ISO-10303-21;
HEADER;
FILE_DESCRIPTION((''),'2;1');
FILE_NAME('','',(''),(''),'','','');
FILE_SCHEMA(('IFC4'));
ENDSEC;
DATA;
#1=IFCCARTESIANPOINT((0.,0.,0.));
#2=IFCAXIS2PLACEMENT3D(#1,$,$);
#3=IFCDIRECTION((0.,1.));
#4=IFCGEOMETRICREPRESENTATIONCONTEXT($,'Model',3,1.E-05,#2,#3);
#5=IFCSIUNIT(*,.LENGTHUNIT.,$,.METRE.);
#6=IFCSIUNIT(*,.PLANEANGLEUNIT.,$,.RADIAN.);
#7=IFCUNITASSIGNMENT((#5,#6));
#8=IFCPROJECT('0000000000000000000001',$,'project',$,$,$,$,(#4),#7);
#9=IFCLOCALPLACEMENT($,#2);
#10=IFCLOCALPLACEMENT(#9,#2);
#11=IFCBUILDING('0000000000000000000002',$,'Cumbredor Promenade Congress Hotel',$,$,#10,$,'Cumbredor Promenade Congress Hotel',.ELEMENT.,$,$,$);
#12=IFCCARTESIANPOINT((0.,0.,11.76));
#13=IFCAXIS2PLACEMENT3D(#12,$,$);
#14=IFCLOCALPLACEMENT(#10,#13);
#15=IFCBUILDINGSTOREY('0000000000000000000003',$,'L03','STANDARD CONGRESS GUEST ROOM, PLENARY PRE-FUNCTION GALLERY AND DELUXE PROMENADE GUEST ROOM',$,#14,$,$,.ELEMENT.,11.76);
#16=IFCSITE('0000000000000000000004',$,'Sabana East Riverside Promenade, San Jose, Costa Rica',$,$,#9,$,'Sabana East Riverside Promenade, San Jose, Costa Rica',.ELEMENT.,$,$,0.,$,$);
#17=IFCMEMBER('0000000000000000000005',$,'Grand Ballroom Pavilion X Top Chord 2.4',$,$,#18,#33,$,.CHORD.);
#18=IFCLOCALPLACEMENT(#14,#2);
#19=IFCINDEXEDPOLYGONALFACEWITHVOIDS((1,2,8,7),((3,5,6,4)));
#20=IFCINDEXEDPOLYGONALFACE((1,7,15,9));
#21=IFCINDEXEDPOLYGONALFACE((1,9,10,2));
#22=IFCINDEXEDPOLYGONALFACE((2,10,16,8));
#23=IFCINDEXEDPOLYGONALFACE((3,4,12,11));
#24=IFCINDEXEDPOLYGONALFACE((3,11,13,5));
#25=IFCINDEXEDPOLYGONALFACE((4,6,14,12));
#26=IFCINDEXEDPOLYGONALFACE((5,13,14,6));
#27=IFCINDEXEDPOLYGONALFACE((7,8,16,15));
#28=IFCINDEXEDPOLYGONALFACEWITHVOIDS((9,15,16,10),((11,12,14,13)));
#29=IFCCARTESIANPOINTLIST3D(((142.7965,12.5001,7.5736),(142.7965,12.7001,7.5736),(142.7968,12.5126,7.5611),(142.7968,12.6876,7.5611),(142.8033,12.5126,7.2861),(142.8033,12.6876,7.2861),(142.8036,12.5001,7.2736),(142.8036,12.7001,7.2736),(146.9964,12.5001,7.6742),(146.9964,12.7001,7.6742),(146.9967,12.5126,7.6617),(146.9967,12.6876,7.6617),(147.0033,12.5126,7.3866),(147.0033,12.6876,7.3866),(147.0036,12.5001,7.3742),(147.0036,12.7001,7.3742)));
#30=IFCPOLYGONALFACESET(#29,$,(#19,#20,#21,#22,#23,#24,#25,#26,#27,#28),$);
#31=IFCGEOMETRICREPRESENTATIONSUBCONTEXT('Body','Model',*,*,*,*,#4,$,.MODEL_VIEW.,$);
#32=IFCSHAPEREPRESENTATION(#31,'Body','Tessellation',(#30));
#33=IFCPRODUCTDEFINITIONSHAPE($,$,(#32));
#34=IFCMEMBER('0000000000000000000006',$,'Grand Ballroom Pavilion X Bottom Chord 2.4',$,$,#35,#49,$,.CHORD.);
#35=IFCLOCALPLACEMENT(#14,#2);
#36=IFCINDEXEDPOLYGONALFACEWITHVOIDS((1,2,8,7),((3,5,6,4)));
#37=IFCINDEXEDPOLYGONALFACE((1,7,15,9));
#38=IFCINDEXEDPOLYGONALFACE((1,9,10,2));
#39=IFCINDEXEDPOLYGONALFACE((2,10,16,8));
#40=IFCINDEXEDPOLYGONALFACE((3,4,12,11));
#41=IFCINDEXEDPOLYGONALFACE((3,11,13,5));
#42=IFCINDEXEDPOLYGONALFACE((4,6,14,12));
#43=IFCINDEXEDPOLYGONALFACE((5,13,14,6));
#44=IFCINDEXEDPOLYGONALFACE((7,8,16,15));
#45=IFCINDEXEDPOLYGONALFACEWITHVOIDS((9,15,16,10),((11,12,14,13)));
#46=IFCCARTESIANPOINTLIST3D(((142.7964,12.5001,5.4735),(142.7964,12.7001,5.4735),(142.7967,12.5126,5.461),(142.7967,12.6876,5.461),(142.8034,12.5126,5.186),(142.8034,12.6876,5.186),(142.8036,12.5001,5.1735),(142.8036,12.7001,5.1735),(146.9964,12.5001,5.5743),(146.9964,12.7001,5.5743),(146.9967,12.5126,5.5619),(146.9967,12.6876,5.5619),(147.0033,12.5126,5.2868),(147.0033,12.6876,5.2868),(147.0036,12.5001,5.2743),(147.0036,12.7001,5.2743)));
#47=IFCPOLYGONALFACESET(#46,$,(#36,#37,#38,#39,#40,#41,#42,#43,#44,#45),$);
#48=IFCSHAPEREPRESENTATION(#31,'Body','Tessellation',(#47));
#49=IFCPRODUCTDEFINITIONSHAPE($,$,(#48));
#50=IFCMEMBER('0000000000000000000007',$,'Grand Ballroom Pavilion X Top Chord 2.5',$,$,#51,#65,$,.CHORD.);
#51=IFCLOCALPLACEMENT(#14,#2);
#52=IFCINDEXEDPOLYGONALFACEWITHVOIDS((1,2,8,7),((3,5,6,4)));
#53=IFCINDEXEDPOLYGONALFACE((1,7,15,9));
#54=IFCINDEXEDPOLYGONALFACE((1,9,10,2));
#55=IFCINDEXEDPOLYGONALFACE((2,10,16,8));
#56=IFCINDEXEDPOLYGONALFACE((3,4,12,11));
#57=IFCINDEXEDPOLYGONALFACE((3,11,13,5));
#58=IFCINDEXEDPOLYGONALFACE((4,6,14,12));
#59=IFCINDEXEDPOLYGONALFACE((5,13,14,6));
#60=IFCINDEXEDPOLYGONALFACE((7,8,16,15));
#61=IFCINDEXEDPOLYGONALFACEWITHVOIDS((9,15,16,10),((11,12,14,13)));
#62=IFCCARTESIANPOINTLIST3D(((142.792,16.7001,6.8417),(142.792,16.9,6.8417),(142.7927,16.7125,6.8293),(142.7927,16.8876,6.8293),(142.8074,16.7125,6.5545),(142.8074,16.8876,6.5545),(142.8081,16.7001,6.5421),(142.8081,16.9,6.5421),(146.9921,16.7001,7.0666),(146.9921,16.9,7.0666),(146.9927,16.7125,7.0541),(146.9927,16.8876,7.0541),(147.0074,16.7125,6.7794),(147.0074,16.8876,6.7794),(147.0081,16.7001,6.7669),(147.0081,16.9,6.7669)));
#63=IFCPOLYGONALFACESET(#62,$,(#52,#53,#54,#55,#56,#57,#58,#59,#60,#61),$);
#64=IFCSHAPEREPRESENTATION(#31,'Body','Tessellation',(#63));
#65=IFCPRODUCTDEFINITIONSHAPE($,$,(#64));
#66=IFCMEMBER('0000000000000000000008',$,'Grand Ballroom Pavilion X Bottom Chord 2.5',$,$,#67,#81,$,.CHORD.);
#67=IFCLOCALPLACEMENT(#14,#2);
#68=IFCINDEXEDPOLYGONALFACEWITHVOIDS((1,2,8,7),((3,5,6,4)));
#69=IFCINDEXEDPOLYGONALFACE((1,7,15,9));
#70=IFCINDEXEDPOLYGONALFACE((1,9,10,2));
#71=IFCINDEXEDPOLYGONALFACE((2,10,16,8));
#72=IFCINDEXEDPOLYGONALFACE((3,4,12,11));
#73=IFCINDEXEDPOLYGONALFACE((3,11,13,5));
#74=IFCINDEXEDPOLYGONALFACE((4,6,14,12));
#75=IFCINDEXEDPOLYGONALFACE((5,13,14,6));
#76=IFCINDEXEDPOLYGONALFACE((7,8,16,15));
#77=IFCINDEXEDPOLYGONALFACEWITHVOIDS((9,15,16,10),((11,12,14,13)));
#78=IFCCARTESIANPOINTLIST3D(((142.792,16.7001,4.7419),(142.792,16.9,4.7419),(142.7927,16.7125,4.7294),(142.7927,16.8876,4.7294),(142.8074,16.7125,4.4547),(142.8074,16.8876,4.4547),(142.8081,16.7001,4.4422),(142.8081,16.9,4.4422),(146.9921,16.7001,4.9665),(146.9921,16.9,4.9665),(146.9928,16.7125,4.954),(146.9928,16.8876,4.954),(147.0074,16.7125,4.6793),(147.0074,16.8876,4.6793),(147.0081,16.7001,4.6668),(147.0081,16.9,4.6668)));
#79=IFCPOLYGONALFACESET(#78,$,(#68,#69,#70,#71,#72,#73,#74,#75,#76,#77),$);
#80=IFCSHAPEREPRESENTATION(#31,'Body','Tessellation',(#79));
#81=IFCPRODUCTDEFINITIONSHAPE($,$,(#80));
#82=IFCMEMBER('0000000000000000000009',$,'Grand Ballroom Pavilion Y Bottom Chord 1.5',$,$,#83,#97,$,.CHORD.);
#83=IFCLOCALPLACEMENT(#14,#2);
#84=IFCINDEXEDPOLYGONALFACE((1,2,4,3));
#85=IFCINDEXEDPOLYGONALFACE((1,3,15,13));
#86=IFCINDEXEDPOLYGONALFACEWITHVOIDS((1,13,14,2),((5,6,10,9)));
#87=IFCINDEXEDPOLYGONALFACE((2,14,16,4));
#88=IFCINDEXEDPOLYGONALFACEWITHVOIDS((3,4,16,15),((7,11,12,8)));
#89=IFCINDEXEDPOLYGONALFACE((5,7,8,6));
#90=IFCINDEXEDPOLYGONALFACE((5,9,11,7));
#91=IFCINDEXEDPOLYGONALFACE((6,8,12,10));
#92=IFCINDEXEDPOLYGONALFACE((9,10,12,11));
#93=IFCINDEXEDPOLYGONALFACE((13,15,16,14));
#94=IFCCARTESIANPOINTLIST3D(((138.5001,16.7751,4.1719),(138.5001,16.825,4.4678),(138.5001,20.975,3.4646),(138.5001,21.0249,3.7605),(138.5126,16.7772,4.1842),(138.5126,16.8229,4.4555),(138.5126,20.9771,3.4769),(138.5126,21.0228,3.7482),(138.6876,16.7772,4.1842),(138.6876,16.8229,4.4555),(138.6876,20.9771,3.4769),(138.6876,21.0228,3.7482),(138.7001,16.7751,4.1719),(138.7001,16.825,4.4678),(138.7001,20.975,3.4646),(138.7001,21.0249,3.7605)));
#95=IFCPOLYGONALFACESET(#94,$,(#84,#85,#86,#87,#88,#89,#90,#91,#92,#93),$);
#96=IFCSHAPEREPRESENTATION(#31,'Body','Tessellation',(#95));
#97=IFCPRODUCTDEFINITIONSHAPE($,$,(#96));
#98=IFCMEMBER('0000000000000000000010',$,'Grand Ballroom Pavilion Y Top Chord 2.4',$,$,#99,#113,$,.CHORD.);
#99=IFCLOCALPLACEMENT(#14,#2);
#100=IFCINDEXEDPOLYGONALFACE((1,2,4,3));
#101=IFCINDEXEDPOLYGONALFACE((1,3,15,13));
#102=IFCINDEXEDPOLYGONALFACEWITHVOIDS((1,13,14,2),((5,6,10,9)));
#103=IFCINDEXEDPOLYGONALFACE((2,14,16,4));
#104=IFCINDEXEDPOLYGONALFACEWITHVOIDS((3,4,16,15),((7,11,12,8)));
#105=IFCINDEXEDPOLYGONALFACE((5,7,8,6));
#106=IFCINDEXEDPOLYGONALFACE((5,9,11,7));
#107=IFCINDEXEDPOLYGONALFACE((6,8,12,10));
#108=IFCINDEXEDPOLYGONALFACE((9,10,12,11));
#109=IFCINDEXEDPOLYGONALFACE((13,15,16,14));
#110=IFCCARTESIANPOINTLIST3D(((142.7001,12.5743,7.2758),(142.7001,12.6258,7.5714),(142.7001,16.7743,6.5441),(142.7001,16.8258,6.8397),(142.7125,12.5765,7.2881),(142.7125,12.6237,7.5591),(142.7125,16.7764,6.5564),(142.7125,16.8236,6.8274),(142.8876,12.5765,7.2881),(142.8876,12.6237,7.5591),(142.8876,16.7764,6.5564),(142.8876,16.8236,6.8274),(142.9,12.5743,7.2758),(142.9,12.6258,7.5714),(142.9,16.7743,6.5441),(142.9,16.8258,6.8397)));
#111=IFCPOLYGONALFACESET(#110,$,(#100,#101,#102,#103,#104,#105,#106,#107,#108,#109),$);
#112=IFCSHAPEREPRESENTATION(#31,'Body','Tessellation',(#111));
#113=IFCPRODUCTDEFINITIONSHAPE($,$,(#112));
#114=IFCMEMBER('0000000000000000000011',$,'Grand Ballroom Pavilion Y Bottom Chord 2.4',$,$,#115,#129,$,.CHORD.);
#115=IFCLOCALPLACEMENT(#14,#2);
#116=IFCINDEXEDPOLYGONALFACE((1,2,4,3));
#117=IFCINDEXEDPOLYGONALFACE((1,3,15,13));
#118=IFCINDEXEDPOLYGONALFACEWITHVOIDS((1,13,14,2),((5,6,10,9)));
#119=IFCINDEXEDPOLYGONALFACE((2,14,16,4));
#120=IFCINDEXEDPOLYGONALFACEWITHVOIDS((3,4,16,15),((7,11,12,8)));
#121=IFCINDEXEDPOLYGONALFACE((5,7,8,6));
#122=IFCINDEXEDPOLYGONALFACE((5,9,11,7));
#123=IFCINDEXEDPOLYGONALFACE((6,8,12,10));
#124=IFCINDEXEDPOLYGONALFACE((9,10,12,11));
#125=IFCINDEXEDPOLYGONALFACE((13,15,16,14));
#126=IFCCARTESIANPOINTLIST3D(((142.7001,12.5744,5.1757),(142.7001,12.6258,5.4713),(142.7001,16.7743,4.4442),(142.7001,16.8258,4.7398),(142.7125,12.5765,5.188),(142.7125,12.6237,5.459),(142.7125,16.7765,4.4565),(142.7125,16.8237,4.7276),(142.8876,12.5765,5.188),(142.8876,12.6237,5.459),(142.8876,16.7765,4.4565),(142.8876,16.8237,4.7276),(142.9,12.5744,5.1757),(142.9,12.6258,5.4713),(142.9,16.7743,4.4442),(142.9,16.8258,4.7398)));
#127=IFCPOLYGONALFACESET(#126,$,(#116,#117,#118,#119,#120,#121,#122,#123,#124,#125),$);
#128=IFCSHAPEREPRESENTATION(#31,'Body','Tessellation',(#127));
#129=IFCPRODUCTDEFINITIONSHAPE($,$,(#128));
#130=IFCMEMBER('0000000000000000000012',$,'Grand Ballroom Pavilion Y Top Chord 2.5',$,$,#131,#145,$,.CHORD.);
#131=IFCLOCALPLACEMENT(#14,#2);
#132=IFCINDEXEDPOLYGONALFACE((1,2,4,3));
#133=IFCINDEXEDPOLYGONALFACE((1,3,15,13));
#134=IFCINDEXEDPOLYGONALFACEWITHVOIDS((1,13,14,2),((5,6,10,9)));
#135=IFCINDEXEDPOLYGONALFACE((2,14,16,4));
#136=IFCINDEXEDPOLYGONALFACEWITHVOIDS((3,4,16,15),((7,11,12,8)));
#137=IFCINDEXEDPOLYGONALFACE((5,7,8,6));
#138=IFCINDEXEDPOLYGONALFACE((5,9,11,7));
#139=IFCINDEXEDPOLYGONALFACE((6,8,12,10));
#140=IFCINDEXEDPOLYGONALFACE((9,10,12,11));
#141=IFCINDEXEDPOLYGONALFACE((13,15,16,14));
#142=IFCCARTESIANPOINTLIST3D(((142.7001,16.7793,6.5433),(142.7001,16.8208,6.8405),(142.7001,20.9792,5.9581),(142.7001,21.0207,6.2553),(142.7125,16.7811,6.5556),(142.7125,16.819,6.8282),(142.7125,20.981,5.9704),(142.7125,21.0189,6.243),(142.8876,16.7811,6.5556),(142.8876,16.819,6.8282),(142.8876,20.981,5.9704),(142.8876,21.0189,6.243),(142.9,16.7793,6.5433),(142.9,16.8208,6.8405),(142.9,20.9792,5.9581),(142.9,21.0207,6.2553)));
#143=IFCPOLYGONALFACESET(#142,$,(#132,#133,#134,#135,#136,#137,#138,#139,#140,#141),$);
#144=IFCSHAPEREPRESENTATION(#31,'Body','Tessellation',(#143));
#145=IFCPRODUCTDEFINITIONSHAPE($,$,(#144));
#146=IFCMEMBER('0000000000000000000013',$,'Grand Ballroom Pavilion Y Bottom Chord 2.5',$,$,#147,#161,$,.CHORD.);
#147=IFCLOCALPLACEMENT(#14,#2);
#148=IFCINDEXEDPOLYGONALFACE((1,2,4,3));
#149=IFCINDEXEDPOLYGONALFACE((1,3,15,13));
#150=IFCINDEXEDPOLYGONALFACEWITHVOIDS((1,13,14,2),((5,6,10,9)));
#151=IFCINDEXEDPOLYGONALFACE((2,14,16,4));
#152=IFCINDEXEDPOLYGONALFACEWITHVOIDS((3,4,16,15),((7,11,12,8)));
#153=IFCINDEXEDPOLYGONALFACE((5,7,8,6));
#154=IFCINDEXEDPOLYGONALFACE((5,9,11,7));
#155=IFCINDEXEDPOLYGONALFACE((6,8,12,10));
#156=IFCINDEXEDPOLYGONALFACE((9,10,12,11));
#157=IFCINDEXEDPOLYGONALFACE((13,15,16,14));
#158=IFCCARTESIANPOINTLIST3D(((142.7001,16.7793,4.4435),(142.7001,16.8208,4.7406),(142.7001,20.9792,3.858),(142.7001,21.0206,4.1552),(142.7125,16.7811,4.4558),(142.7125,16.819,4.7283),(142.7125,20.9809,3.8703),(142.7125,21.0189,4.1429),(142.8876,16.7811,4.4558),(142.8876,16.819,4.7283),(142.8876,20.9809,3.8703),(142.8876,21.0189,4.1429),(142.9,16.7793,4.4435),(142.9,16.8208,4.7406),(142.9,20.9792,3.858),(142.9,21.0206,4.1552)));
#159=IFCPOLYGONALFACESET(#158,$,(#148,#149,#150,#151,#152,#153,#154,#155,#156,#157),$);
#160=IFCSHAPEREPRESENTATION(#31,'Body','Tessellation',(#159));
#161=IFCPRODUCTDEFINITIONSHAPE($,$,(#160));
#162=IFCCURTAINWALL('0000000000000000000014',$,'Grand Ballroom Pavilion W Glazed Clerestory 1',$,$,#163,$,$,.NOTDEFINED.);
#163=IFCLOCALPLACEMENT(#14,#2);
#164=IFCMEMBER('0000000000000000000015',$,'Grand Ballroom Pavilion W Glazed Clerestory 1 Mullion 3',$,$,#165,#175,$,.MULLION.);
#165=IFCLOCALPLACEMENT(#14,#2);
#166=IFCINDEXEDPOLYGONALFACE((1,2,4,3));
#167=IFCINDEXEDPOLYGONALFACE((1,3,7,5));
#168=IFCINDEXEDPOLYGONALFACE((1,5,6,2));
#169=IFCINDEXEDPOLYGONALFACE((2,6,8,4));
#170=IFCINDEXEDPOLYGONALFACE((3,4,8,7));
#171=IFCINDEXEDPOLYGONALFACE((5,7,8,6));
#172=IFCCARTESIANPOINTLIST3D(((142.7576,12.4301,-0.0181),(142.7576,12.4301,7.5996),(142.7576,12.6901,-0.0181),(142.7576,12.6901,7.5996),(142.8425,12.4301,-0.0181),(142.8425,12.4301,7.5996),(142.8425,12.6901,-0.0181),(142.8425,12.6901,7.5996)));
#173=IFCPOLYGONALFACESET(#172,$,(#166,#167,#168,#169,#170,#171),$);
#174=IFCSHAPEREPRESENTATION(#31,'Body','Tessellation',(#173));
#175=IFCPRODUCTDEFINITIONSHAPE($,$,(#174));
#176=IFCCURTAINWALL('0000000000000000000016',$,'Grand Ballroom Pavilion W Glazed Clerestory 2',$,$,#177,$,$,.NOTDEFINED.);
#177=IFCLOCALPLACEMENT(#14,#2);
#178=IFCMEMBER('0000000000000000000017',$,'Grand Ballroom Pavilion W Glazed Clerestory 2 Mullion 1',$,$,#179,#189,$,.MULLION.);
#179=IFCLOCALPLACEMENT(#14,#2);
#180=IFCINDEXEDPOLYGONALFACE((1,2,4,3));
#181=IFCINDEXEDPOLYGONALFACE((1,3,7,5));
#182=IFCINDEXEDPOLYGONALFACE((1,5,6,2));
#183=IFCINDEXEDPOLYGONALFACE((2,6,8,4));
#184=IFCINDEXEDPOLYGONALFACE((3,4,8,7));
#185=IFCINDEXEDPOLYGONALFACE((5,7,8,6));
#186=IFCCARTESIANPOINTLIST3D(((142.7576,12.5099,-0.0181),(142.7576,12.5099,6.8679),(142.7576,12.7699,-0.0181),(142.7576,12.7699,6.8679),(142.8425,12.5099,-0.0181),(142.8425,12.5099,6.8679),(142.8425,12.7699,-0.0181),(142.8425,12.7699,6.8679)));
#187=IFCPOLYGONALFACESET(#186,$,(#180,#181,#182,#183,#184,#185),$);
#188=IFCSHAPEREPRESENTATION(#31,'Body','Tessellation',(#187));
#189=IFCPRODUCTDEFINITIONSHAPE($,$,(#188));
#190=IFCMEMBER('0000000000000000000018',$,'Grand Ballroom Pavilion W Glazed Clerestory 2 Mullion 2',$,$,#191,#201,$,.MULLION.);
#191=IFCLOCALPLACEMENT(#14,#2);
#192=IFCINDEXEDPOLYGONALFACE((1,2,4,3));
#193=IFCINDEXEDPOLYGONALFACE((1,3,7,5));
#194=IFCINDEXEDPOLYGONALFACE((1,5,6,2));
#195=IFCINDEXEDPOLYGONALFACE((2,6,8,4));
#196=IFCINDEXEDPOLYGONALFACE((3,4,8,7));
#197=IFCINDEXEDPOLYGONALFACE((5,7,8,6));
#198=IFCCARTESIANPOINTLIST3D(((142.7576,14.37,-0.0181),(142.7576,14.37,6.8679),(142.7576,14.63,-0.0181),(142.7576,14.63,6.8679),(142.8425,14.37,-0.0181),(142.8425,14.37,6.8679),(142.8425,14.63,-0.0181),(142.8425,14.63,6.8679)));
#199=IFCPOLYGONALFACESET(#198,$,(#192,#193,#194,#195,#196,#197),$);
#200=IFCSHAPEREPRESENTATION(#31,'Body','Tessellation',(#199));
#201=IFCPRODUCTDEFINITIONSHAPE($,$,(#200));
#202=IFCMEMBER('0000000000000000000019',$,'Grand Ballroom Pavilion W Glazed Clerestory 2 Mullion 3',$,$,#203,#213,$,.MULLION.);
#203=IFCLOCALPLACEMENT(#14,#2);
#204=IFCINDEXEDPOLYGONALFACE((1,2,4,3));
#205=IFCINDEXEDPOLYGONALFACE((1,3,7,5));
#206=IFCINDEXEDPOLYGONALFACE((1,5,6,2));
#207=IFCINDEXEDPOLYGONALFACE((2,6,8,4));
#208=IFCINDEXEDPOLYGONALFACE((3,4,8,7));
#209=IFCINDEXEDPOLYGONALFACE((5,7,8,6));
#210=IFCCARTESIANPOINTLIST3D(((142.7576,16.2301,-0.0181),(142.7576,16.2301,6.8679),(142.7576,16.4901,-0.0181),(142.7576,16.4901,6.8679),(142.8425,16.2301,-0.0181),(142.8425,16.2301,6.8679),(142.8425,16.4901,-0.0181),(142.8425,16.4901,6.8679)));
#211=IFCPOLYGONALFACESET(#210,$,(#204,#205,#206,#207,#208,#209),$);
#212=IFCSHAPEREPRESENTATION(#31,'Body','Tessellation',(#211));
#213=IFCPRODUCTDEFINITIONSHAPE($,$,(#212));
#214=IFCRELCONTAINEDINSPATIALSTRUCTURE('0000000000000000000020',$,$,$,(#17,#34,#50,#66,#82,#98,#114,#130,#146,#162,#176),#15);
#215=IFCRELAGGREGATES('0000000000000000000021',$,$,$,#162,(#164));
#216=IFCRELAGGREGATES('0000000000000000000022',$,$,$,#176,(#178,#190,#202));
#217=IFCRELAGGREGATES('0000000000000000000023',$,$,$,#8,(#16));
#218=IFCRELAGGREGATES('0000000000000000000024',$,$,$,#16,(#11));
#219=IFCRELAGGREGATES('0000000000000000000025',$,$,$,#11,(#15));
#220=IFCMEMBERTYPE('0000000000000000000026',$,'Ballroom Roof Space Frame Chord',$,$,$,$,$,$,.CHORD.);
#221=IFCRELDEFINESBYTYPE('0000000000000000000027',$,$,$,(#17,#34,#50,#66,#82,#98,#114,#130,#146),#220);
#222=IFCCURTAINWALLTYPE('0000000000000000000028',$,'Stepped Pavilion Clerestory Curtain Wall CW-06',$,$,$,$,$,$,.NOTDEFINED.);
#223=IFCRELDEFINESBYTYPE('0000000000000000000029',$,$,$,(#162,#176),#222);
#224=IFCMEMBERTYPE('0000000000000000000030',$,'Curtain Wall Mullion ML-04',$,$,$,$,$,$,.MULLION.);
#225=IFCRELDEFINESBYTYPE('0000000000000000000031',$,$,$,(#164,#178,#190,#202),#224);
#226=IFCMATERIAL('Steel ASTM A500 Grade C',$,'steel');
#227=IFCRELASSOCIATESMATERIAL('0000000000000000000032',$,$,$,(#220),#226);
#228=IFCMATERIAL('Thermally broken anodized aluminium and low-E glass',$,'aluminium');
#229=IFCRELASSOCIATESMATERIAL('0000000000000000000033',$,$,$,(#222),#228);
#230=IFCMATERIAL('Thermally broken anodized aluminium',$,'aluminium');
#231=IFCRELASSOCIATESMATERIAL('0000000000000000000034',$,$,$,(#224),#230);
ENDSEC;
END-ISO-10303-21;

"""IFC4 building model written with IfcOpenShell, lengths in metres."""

from ifc_helpers import new_model, si_unit, direction, frame, origin, origin_2d, place, context, subcontext, project, spatial, rectangle, hollow_rectangle, extrude, material, material_profile, profile_set, type_object, element, aggregate, save


model = new_model("IFC4")

# Units and contexts
model_context = context("Model", 3, precision=1e-05, world=origin(), true_north=direction((0.0, 1.0)))
body_context = subcontext(model_context, "Body", "Model", "MODEL_VIEW")
ifc_project = project(units=[si_unit("LENGTHUNIT", "METRE"), si_unit("PLANEANGLEUNIT", "RADIAN")], contexts=[model_context])

# Site, building, storey
site_placement = place(None, origin())
site = spatial("IfcSite", under=ifc_project, at=site_placement, Name="Sabana East Riverside Promenade, San Jose, Costa Rica", LongName="Sabana East Riverside Promenade, San Jose, Costa Rica", CompositionType="ELEMENT", RefElevation=0.0)
building_placement = place(site_placement, origin())
building = spatial("IfcBuilding", under=site, at=building_placement, Name="Cumbredor Promenade Congress Hotel", LongName="Cumbredor Promenade Congress Hotel", CompositionType="ELEMENT")
storey_placement = place(building_placement, frame((0.0, 0.0, 11.76)))
storey = spatial("IfcBuildingStorey", under=building, at=storey_placement, Name="L03", Description="STANDARD CONGRESS GUEST ROOM, PLENARY PRE-FUNCTION GALLERY AND DELUXE PROMENADE GUEST ROOM", CompositionType="ELEMENT", Elevation=11.76)

# Members
ifc_material_1 = material(Name="Steel ASTM A500 Grade C", Category="steel")
ifc_material_profile_1 = material_profile(ifc_material_1, hollow_rectangle(XDim=0.2, YDim=0.3, WallThickness=0.0125, at=origin_2d()), Name="HSS 300x200x12.5")
ifc_profile_set_1 = profile_set([ifc_material_profile_1], Name="Steel ASTM A500 Grade C")
member_type_1 = type_object("IfcMemberType", Name="Ballroom Roof Space Frame Chord", PredefinedType="CHORD", material=ifc_profile_set_1)
for number, where, z_axis, x_axis, name in (
    (1, (142.8, 12.6001, 7.4236), (0.999713, 0.0, 0.023942), (0.0, 1.0, 0.0), "Grand Ballroom Pavilion X Top Chord 2.4"),
    (2, (142.8, 12.6001, 5.3235), (0.999712, 0.0, 0.024001), (0.0, 1.0, 0.0), "Grand Ballroom Pavilion X Bottom Chord 2.4"),
):
    element("IfcMember", number, at=place(storey_placement, frame(where, z_axis=z_axis, x_axis=x_axis)), inside=storey, type_object=member_type_1, Name=name, PredefinedType="CHORD", context=body_context, shape_type="SweptSolid", body=[
        extrude(hollow_rectangle(XDim=0.2, YDim=0.3, WallThickness=0.0125, at=origin_2d()), origin(), (0.0, 0.0, 1.0), 4.2012),
    ])
for number, where, z_axis, x_axis, name in (
    (3, (142.8, 16.8, 6.6919), (0.99857, 0.0, 0.053461), (0.0, 1.0, 0.0), "Grand Ballroom Pavilion X Top Chord 2.5"),
    (4, (142.8, 16.8, 4.592), (0.998573, 0.0, 0.053403), (0.0, 1.0, 0.0), "Grand Ballroom Pavilion X Bottom Chord 2.5"),
):
    element("IfcMember", number, at=place(storey_placement, frame(where, z_axis=z_axis, x_axis=x_axis)), inside=storey, type_object=member_type_1, Name=name, PredefinedType="CHORD", context=body_context, shape_type="SweptSolid", body=[
        extrude(hollow_rectangle(XDim=0.2, YDim=0.3, WallThickness=0.0125, at=origin_2d()), origin(), (0.0, 0.0, 1.0), 4.2061),
    ])
member_1_placement = place(storey_placement, frame((138.6001, 16.8, 4.3198), z_axis=(0.0, 0.986115, -0.166063), x_axis=(-1.0, 0.0, 0.0)))
element("IfcMember", 5, at=member_1_placement, inside=storey, type_object=member_type_1, Name="Grand Ballroom Pavilion Y Bottom Chord 1.5", PredefinedType="CHORD", context=body_context, shape_type="SweptSolid", body=[
    extrude(hollow_rectangle(XDim=0.2, YDim=0.3, WallThickness=0.0125, at=origin_2d()), origin(), (0.0, 0.0, 1.0), 4.259),
])
for number, where, z_axis, x_axis, name in (
    (6, (142.8, 12.6001, 7.4236), (0.0, 0.985162, -0.171629), (-1.0, 0.0, 0.0), "Grand Ballroom Pavilion Y Top Chord 2.4"),
    (7, (142.8, 12.6001, 5.3235), (0.0, 0.985171, -0.171573), (-1.0, 0.0, 0.0), "Grand Ballroom Pavilion Y Bottom Chord 2.4"),
):
    element("IfcMember", number, at=place(storey_placement, frame(where, z_axis=z_axis, x_axis=x_axis)), inside=storey, type_object=member_type_1, Name=name, PredefinedType="CHORD", context=body_context, shape_type="SweptSolid", body=[
        extrude(hollow_rectangle(XDim=0.2, YDim=0.3, WallThickness=0.0125, at=origin_2d()), origin(), (0.0, 0.0, 1.0), 4.2632),
    ])
for number, where, z_axis, x_axis, name in (
    (8, (142.8, 16.8, 6.6919), (0.0, 0.990432, -0.138003), (-1.0, 0.0, 0.0), "Grand Ballroom Pavilion Y Top Chord 2.5"),
    (9, (142.8, 16.8, 4.592), (0.0, 0.990424, -0.138059), (-1.0, 0.0, 0.0), "Grand Ballroom Pavilion Y Bottom Chord 2.5"),
):
    element("IfcMember", number, at=place(storey_placement, frame(where, z_axis=z_axis, x_axis=x_axis)), inside=storey, type_object=member_type_1, Name=name, PredefinedType="CHORD", context=body_context, shape_type="SweptSolid", body=[
        extrude(hollow_rectangle(XDim=0.2, YDim=0.3, WallThickness=0.0125, at=origin_2d()), origin(), (0.0, 0.0, 1.0), 4.2405),
    ])

# Curtain wall, member
ifc_material_2 = material(Name="Thermally broken anodized aluminium and low-E glass", Category="aluminium")
curtain_wall_type = type_object("IfcCurtainWallType", Name="Stepped Pavilion Clerestory Curtain Wall CW-06", PredefinedType="NOTDEFINED", material=ifc_material_2)
curtain_wall_1_placement = place(storey_placement, origin())
curtain_wall_1 = element("IfcCurtainWall", 10, at=curtain_wall_1_placement, inside=storey, type_object=curtain_wall_type, Name="Grand Ballroom Pavilion W Glazed Clerestory 1", PredefinedType="NOTDEFINED")
ifc_material_3 = material(Name="Thermally broken anodized aluminium", Category="aluminium")
ifc_material_profile_2 = material_profile(ifc_material_3, rectangle(XDim=0.085, YDim=0.26, at=origin_2d()), Name="ALU MULLION CLERESTORY 85x260")
ifc_profile_set_2 = profile_set([ifc_material_profile_2], Name="Thermally broken anodized aluminium")
member_type_2 = type_object("IfcMemberType", Name="Curtain Wall Mullion ML-04", PredefinedType="MULLION", material=ifc_profile_set_2)
member_2_placement = place(storey_placement, frame((142.8, 12.5601, -0.0181), z_axis=(0.0, 0.0, 1.0), x_axis=(1.0, 0.0, 0.0)))
member_2 = element("IfcMember", 11, at=member_2_placement, type_object=member_type_2, Name="Grand Ballroom Pavilion W Glazed Clerestory 1 Mullion 3", PredefinedType="MULLION", context=body_context, shape_type="SweptSolid", body=[
    extrude(rectangle(XDim=0.085, YDim=0.26, at=origin_2d()), origin(), (0.0, 0.0, 1.0), 7.6177),
])

# Curtain wall, members
curtain_wall_2_placement = place(storey_placement, origin())
curtain_wall_2 = element("IfcCurtainWall", 12, at=curtain_wall_2_placement, inside=storey, type_object=curtain_wall_type, Name="Grand Ballroom Pavilion W Glazed Clerestory 2", PredefinedType="NOTDEFINED")
member_3_placement = place(storey_placement, frame((142.8, 12.6399, -0.0181), z_axis=(0.0, 0.0, 1.0), x_axis=(1.0, 0.0, 0.0)))
member_3 = element("IfcMember", 13, at=member_3_placement, type_object=member_type_2, Name="Grand Ballroom Pavilion W Glazed Clerestory 2 Mullion 1", PredefinedType="MULLION", context=body_context, shape_type="SweptSolid", body=[
    extrude(rectangle(XDim=0.085, YDim=0.26, at=origin_2d()), origin(), (0.0, 0.0, 1.0), 6.886),
])
member_4_placement = place(storey_placement, frame((142.8, 14.5, -0.0181), z_axis=(0.0, 0.0, 1.0), x_axis=(1.0, 0.0, 0.0)))
member_4 = element("IfcMember", 14, at=member_4_placement, type_object=member_type_2, Name="Grand Ballroom Pavilion W Glazed Clerestory 2 Mullion 2", PredefinedType="MULLION", context=body_context, shape_type="SweptSolid", body=[
    extrude(rectangle(XDim=0.085, YDim=0.26, at=origin_2d()), origin(), (0.0, 0.0, 1.0), 6.886),
])
member_5_placement = place(storey_placement, frame((142.8, 16.3601, -0.0181), z_axis=(0.0, 0.0, 1.0), x_axis=(1.0, 0.0, 0.0)))
member_5 = element("IfcMember", 15, at=member_5_placement, type_object=member_type_2, Name="Grand Ballroom Pavilion W Glazed Clerestory 2 Mullion 3", PredefinedType="MULLION", context=body_context, shape_type="SweptSolid", body=[
    extrude(rectangle(XDim=0.085, YDim=0.26, at=origin_2d()), origin(), (0.0, 0.0, 1.0), 6.886),
])

aggregate(curtain_wall_1, [member_2])
aggregate(curtain_wall_2, [member_3, member_4, member_5])

save(model, "model.ifc")
